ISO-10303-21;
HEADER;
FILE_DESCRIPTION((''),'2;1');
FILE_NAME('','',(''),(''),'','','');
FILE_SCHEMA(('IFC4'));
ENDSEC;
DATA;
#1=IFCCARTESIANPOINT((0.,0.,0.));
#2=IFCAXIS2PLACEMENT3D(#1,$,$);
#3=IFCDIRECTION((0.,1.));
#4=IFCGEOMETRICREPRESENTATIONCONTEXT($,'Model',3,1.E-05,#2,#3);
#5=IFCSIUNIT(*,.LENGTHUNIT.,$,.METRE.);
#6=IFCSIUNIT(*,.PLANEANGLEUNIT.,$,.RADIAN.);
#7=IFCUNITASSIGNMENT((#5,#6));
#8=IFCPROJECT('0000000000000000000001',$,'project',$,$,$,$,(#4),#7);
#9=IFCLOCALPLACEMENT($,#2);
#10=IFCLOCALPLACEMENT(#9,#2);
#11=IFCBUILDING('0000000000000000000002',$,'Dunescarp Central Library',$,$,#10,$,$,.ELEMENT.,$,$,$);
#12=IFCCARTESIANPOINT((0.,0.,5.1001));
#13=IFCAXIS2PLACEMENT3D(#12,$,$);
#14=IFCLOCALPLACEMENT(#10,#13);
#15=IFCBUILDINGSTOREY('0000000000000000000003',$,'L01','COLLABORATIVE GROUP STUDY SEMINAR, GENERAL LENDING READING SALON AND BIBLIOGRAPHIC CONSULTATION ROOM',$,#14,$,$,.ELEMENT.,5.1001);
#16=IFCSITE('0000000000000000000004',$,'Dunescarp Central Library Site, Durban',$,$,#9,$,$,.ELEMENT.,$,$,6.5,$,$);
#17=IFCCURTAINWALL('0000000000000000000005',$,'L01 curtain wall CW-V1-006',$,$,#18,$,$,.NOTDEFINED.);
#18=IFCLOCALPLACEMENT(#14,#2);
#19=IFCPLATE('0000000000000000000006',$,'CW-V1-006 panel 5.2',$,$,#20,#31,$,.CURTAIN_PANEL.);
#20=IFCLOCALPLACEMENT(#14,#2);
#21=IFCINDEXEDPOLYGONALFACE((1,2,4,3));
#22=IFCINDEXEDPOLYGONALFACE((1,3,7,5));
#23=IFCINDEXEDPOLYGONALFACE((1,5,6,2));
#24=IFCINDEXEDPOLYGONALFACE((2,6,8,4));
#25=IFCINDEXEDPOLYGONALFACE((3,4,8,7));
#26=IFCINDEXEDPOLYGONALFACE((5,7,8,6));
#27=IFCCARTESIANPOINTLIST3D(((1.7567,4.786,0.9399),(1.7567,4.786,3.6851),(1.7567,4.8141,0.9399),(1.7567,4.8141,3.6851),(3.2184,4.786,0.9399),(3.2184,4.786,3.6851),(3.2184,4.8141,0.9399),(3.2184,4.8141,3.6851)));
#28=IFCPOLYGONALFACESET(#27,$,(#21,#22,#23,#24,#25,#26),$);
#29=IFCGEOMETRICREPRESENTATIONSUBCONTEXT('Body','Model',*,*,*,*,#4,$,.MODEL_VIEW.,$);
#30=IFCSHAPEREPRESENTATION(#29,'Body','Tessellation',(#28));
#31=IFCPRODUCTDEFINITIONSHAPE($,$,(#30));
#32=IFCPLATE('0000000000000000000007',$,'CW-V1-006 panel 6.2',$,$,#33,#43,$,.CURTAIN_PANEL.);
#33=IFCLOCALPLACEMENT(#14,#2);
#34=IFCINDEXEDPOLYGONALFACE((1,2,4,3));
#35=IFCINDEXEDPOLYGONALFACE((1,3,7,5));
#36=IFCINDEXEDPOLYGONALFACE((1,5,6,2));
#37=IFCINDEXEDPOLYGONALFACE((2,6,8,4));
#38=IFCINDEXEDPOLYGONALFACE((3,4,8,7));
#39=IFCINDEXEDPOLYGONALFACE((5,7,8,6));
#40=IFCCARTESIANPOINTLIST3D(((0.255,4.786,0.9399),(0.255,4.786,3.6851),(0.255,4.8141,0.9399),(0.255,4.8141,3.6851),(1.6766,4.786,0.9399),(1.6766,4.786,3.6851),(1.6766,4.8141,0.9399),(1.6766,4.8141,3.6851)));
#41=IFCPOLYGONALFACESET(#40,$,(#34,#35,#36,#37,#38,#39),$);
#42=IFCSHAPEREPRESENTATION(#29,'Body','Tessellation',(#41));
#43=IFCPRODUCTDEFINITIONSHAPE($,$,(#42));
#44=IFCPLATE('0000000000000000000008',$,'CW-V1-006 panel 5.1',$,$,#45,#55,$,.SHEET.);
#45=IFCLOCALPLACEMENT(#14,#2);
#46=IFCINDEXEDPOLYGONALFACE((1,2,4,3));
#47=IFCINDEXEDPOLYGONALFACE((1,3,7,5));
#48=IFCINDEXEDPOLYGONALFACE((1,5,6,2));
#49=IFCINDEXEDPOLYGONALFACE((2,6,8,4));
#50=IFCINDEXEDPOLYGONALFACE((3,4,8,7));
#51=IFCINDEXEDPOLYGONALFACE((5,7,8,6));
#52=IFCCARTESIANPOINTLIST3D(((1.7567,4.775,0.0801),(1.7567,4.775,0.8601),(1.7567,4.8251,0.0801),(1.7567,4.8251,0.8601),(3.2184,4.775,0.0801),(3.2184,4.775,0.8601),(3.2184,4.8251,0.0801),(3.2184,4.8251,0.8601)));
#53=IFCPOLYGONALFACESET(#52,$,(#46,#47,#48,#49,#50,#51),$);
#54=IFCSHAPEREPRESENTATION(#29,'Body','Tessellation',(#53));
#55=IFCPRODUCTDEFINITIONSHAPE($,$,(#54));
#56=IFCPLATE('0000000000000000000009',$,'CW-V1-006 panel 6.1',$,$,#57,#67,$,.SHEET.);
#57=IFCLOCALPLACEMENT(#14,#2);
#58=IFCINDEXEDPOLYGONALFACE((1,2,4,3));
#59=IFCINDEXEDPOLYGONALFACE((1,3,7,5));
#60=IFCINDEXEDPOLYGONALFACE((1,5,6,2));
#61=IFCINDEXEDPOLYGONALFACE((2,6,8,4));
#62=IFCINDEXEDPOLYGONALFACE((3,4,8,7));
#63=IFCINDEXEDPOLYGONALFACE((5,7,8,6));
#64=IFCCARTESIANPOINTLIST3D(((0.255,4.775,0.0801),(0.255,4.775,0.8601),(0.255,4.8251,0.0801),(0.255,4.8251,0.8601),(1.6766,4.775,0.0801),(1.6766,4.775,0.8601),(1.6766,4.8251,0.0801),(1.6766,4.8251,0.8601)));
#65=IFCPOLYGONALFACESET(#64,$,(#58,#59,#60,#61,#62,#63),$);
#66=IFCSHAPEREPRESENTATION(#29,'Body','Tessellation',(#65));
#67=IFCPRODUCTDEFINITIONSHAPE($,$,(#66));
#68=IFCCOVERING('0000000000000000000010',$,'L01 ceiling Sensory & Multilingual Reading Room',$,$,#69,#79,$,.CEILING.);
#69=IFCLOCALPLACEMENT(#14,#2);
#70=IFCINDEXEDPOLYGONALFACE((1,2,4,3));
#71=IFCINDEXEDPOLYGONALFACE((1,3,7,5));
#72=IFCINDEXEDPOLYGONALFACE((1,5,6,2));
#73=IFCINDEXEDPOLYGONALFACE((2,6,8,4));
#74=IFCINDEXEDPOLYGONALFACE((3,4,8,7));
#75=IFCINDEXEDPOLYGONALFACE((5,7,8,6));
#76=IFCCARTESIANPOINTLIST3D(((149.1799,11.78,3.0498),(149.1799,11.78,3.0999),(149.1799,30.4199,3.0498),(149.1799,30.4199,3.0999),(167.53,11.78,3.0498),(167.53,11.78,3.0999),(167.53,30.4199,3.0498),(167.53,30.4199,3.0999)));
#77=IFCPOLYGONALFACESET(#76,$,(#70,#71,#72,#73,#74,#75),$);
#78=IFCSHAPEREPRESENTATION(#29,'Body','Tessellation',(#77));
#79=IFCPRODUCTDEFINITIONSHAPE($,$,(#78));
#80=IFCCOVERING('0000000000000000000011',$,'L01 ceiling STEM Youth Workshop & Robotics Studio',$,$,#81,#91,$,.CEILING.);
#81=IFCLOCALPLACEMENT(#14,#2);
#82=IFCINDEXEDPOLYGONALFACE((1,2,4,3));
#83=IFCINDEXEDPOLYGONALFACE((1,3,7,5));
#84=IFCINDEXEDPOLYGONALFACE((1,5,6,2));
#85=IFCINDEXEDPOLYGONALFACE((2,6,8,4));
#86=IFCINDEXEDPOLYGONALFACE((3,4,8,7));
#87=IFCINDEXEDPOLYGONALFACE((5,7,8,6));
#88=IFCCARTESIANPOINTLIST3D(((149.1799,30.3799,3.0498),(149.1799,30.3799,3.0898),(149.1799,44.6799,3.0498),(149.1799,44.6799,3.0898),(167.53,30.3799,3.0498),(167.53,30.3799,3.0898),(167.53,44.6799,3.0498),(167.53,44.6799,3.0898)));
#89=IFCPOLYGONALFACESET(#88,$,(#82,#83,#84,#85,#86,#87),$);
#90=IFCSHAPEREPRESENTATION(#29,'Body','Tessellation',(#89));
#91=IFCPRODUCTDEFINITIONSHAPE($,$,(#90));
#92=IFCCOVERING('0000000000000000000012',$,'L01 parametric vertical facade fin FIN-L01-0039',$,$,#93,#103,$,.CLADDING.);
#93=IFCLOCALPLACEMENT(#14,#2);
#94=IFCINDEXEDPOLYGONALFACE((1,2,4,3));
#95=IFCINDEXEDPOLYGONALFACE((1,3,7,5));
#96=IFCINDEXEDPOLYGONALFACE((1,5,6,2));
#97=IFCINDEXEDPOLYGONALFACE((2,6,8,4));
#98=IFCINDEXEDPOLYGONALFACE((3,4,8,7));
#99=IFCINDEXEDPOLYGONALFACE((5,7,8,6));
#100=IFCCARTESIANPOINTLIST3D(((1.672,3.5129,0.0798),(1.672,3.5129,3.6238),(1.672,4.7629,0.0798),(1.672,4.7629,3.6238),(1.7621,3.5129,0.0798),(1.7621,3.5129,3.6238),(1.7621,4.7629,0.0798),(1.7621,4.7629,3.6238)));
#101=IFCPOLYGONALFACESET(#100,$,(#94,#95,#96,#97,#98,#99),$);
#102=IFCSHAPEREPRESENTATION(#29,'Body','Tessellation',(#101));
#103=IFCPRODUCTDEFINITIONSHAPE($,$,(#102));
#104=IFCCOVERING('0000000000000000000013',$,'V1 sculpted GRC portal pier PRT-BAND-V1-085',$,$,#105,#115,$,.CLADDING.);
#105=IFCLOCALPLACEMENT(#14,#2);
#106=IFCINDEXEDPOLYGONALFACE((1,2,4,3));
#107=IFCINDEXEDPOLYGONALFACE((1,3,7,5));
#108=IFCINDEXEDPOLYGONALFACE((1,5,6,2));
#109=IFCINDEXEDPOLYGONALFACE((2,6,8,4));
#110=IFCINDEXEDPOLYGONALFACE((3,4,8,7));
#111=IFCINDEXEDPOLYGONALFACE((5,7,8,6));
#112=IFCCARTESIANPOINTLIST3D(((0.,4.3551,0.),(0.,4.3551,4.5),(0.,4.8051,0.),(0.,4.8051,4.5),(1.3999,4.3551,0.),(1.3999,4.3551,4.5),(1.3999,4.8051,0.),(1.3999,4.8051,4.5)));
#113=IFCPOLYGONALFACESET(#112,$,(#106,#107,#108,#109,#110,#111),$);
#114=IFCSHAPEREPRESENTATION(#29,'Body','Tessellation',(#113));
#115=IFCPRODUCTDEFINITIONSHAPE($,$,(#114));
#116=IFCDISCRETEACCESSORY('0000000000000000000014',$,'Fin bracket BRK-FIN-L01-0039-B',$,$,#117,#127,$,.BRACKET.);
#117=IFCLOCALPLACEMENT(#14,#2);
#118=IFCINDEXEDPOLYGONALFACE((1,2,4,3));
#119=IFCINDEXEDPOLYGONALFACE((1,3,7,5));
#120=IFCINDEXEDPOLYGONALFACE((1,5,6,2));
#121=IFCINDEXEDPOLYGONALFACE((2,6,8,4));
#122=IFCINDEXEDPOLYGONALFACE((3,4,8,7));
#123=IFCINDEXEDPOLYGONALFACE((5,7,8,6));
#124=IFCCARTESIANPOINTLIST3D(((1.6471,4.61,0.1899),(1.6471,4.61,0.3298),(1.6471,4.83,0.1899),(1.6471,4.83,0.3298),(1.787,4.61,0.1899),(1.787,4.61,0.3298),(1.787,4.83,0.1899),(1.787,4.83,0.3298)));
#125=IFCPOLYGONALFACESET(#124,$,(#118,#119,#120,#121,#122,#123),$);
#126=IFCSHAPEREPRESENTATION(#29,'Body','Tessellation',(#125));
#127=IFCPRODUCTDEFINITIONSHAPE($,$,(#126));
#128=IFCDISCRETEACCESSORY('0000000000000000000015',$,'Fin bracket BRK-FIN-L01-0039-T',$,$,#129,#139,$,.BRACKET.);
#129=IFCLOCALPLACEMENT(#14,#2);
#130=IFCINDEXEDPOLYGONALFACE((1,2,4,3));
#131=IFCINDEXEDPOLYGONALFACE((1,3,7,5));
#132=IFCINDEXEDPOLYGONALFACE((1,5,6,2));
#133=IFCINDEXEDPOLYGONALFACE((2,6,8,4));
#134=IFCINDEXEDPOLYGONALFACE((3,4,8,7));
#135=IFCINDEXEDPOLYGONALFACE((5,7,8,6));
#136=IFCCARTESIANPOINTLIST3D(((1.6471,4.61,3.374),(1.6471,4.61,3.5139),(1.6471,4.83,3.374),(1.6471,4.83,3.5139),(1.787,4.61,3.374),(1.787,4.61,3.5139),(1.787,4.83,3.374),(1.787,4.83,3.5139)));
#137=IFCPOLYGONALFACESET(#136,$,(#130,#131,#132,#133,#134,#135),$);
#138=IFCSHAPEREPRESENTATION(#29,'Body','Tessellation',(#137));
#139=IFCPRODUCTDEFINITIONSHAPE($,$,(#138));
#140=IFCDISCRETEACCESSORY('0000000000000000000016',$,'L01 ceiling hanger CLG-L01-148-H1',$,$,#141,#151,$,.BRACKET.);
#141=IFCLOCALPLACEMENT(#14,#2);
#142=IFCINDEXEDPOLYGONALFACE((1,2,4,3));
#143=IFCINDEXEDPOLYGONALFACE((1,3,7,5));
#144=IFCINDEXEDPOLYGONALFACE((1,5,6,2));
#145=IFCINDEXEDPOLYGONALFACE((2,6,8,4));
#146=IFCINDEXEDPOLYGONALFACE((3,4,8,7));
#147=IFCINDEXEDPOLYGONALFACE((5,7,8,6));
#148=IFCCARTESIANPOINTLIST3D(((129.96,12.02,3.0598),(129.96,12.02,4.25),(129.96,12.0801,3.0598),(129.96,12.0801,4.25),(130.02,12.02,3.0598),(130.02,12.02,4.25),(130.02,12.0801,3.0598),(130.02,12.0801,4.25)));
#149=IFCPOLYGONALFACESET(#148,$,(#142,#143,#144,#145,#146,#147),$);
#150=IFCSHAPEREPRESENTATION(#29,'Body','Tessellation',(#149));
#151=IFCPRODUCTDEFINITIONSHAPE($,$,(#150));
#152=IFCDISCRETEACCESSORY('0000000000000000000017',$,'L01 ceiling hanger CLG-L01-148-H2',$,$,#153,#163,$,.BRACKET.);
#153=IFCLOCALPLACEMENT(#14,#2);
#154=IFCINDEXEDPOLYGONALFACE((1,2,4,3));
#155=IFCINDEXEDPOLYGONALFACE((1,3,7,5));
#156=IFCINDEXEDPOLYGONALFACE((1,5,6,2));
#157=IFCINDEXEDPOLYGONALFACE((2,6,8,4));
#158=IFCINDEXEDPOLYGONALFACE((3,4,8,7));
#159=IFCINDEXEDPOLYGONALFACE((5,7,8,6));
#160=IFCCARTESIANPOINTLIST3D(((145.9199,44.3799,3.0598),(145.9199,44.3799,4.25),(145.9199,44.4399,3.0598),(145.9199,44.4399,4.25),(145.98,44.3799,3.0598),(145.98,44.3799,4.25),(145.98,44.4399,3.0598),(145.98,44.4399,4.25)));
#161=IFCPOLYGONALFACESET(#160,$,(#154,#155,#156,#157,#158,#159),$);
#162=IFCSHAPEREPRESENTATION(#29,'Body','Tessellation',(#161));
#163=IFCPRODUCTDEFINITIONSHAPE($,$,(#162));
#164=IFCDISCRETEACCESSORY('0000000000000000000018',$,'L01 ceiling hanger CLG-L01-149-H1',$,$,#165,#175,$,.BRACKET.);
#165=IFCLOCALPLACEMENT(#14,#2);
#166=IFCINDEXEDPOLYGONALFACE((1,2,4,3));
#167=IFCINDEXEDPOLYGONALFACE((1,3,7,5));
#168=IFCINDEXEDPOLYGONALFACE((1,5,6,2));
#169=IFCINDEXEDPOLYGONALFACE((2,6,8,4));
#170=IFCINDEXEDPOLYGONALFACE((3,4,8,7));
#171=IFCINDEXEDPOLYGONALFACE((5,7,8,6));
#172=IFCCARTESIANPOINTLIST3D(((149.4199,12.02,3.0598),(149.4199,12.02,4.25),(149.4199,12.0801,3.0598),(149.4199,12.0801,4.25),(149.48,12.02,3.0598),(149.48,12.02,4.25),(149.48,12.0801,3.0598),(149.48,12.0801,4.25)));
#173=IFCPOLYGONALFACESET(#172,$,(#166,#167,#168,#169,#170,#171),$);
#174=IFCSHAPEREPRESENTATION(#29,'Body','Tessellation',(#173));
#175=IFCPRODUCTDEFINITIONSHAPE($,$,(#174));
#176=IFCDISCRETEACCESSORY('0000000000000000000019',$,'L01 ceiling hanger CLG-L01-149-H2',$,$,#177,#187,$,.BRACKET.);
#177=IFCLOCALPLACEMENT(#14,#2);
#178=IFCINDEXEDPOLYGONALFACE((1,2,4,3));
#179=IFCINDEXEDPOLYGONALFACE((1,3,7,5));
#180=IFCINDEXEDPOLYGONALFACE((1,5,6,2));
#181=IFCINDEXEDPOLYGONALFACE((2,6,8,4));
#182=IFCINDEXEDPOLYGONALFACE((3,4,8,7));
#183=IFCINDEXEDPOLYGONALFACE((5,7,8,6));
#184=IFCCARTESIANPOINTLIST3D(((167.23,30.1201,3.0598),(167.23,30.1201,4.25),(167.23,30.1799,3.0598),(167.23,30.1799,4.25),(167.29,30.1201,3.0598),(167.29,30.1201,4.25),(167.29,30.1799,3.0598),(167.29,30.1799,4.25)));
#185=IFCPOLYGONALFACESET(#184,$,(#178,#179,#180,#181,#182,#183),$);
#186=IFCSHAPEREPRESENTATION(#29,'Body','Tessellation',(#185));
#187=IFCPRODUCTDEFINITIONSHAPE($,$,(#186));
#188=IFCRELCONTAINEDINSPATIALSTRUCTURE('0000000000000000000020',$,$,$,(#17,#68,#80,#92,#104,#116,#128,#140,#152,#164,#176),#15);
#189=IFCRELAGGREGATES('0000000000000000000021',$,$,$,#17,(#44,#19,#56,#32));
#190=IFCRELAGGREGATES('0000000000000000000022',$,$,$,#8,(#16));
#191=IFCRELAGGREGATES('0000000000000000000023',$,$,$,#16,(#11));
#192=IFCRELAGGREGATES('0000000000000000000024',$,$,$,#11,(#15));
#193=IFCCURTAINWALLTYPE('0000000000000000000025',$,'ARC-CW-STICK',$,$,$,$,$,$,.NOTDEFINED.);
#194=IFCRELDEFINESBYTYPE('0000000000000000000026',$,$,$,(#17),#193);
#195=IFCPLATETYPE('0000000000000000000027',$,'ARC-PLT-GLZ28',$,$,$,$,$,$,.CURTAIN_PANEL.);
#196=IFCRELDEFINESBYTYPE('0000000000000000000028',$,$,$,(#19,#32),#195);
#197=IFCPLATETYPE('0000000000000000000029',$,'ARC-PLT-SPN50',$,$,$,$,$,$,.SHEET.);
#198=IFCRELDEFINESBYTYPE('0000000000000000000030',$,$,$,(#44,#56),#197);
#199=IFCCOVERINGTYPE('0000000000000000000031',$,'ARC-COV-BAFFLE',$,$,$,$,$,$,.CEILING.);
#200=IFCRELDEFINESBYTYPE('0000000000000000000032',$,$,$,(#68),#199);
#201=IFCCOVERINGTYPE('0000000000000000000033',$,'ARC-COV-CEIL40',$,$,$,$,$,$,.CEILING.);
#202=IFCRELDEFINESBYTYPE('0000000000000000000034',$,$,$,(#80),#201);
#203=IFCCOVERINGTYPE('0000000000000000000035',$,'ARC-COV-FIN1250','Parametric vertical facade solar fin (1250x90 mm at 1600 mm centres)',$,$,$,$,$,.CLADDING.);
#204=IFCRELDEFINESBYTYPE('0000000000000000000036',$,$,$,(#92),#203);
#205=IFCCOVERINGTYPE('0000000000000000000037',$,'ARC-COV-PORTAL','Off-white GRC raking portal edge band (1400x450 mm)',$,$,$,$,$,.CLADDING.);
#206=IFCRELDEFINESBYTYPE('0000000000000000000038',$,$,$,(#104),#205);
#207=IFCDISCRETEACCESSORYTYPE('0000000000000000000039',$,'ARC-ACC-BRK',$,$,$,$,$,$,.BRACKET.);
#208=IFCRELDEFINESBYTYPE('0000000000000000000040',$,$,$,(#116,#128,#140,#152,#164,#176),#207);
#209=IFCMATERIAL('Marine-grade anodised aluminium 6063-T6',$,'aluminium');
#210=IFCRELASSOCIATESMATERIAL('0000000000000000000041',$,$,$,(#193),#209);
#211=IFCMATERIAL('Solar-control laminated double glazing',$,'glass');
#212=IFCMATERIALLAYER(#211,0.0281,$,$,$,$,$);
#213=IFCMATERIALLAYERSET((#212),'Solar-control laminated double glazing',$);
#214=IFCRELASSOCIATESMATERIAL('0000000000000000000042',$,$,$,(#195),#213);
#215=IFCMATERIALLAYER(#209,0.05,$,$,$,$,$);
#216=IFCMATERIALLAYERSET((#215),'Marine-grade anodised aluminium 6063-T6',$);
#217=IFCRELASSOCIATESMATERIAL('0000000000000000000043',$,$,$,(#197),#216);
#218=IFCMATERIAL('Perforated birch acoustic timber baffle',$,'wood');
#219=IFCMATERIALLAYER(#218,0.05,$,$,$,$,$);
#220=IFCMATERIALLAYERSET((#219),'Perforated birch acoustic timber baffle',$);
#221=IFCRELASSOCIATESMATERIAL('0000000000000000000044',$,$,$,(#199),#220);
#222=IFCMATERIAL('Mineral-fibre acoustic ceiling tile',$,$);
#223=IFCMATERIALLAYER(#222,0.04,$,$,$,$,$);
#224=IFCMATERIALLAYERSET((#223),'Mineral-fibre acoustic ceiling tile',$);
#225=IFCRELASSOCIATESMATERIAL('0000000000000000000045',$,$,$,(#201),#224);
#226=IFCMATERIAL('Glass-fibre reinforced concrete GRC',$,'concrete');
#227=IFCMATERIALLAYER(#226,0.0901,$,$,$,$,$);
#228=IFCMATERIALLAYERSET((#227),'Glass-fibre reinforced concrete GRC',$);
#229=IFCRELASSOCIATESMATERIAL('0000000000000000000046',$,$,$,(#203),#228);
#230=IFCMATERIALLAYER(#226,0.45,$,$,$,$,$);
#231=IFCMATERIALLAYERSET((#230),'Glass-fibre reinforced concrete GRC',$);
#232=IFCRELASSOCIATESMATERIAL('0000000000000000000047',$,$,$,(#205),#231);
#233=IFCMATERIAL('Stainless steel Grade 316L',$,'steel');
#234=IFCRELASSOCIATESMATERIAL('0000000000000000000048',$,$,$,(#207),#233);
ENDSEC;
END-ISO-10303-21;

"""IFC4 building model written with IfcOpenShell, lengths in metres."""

from ifc_helpers import new_model, si_unit, direction, frame, origin, origin_2d, place, context, subcontext, project, spatial, polyline, rectangle, outline, extrude, material, layer, layer_set, type_object, element, aggregate, save


model = new_model("IFC4")

# Units and contexts
model_context = context("Model", 3, precision=1e-05, world=origin(), true_north=direction((0.0, 1.0)))
body_context = subcontext(model_context, "Body", "Model", "MODEL_VIEW")
ifc_project = project(units=[si_unit("LENGTHUNIT", "METRE"), si_unit("PLANEANGLEUNIT", "RADIAN")], contexts=[model_context])

# Site, building, storey
site_placement = place(None, origin())
site = spatial("IfcSite", under=ifc_project, at=site_placement, Name="Dunescarp Central Library Site, Durban", CompositionType="ELEMENT", RefElevation=6.5)
building_placement = place(site_placement, origin())
building = spatial("IfcBuilding", under=site, at=building_placement, Name="Dunescarp Central Library", CompositionType="ELEMENT")
storey_placement = place(building_placement, frame((0.0, 0.0, 5.1001)))
storey = spatial("IfcBuildingStorey", under=building, at=storey_placement, Name="L01", Description="COLLABORATIVE GROUP STUDY SEMINAR, GENERAL LENDING READING SALON AND BIBLIOGRAPHIC CONSULTATION ROOM", CompositionType="ELEMENT", Elevation=5.1001)

# Curtain wall
ifc_material_1 = material(Name="Marine-grade anodised aluminium 6063-T6", Category="aluminium")
curtain_wall_type = type_object("IfcCurtainWallType", Name="ARC-CW-STICK", PredefinedType="NOTDEFINED", material=ifc_material_1)
curtain_wall_placement = place(storey_placement, origin())
curtain_wall = element("IfcCurtainWall", 1, at=curtain_wall_placement, inside=storey, type_object=curtain_wall_type, Name="L01 curtain wall CW-V1-006", PredefinedType="NOTDEFINED")

# Plates
ifc_material_2 = material(Name="Solar-control laminated double glazing", Category="glass")
ifc_layer_1 = layer(ifc_material_2, 0.0281)
ifc_layer_set_1 = layer_set([ifc_layer_1], Name="Solar-control laminated double glazing")
plate_type_1 = type_object("IfcPlateType", Name="ARC-PLT-GLZ28", PredefinedType="CURTAIN_PANEL", material=ifc_layer_set_1)
plate_1_placement = place(storey_placement, frame((2.4875, 4.8, 0.9399), z_axis=(0.0, 0.0, 1.0), x_axis=(-1.0, 0.0, 0.0)))
plate_1 = element("IfcPlate", 2, at=plate_1_placement, type_object=plate_type_1, Name="CW-V1-006 panel 5.2", PredefinedType="CURTAIN_PANEL", context=body_context, shape_type="SweptSolid", body=[
    extrude(rectangle(XDim=1.4617, YDim=0.0281, at=origin_2d()), origin(), (0.0, 0.0, 1.0), 2.7451),
])
plate_2_placement = place(storey_placement, frame((0.9658, 4.8, 0.9399), z_axis=(0.0, 0.0, 1.0), x_axis=(-1.0, 0.0, 0.0)))
plate_2 = element("IfcPlate", 3, at=plate_2_placement, type_object=plate_type_1, Name="CW-V1-006 panel 6.2", PredefinedType="CURTAIN_PANEL", context=body_context, shape_type="SweptSolid", body=[
    extrude(rectangle(XDim=1.4216, YDim=0.0281, at=origin_2d()), origin(), (0.0, 0.0, 1.0), 2.7451),
])
ifc_layer_2 = layer(ifc_material_1, 0.05)
ifc_layer_set_2 = layer_set([ifc_layer_2], Name="Marine-grade anodised aluminium 6063-T6")
plate_type_2 = type_object("IfcPlateType", Name="ARC-PLT-SPN50", PredefinedType="SHEET", material=ifc_layer_set_2)
plate_3_placement = place(storey_placement, frame((2.4875, 4.8, 0.0801), z_axis=(0.0, 0.0, 1.0), x_axis=(-1.0, 0.0, 0.0)))
plate_3 = element("IfcPlate", 4, at=plate_3_placement, type_object=plate_type_2, Name="CW-V1-006 panel 5.1", PredefinedType="SHEET", context=body_context, shape_type="SweptSolid", body=[
    extrude(rectangle(XDim=1.4617, YDim=0.05, at=origin_2d()), origin(), (0.0, 0.0, 1.0), 0.78),
])
plate_4_placement = place(storey_placement, frame((0.9658, 4.8, 0.0801), z_axis=(0.0, 0.0, 1.0), x_axis=(-1.0, 0.0, 0.0)))
plate_4 = element("IfcPlate", 5, at=plate_4_placement, type_object=plate_type_2, Name="CW-V1-006 panel 6.1", PredefinedType="SHEET", context=body_context, shape_type="SweptSolid", body=[
    extrude(rectangle(XDim=1.4216, YDim=0.05, at=origin_2d()), origin(), (0.0, 0.0, 1.0), 0.78),
])
aggregate(curtain_wall, [plate_3, plate_1, plate_4, plate_2])

# Coverings
ifc_material_3 = material(Name="Perforated birch acoustic timber baffle", Category="wood")
ifc_layer_3 = layer(ifc_material_3, 0.05)
ifc_layer_set_3 = layer_set([ifc_layer_3], Name="Perforated birch acoustic timber baffle")
covering_type_1 = type_object("IfcCoveringType", Name="ARC-COV-BAFFLE", PredefinedType="CEILING", material=ifc_layer_set_3)
covering_1_placement = place(storey_placement, frame((0.0, 0.0, 3.0498)))
element("IfcCovering", 6, at=covering_1_placement, inside=storey, type_object=covering_type_1, Name="L01 ceiling Sensory & Multilingual Reading Room", PredefinedType="CEILING", context=body_context, shape_type="SweptSolid", body=[
    extrude(outline(polyline([(149.1799, 11.78), (167.53, 11.78), (167.53, 30.4199), (149.1799, 30.4199), (149.1799, 11.78)])), origin(), (0.0, 0.0, 1.0), 0.05),
])
ifc_material_4 = material(Name="Mineral-fibre acoustic ceiling tile")
ifc_layer_4 = layer(ifc_material_4, 0.04)
ifc_layer_set_4 = layer_set([ifc_layer_4], Name="Mineral-fibre acoustic ceiling tile")
covering_type_2 = type_object("IfcCoveringType", Name="ARC-COV-CEIL40", PredefinedType="CEILING", material=ifc_layer_set_4)
covering_2_placement = place(storey_placement, frame((0.0, 0.0, 3.0498)))
element("IfcCovering", 7, at=covering_2_placement, inside=storey, type_object=covering_type_2, Name="L01 ceiling STEM Youth Workshop & Robotics Studio", PredefinedType="CEILING", context=body_context, shape_type="SweptSolid", body=[
    extrude(outline(polyline([(149.1799, 30.3799), (167.53, 30.3799), (167.53, 44.6799), (149.1799, 44.6799), (149.1799, 30.3799)])), origin(), (0.0, 0.0, 1.0), 0.04),
])
ifc_material_5 = material(Name="Glass-fibre reinforced concrete GRC", Category="concrete")
ifc_layer_5 = layer(ifc_material_5, 0.0901)
ifc_layer_set_5 = layer_set([ifc_layer_5], Name="Glass-fibre reinforced concrete GRC")
covering_type_3 = type_object("IfcCoveringType", Name="ARC-COV-FIN1250", Description="Parametric vertical facade solar fin (1250x90 mm at 1600 mm centres)", PredefinedType="CLADDING", material=ifc_layer_set_5)
covering_3_placement = place(storey_placement, frame((1.717, 4.1379, 0.0798), z_axis=(0.0, 0.0, 1.0), x_axis=(0.0, -1.0, 0.0)))
element("IfcCovering", 8, at=covering_3_placement, inside=storey, type_object=covering_type_3, Name="L01 parametric vertical facade fin FIN-L01-0039", PredefinedType="CLADDING", context=body_context, shape_type="SweptSolid", body=[
    extrude(rectangle(XDim=1.25, YDim=0.0901, at=origin_2d()), origin(), (0.0, 0.0, 1.0), 3.5439),
])
ifc_layer_6 = layer(ifc_material_5, 0.45)
ifc_layer_set_6 = layer_set([ifc_layer_6], Name="Glass-fibre reinforced concrete GRC")
covering_type_4 = type_object("IfcCoveringType", Name="ARC-COV-PORTAL", Description="Off-white GRC raking portal edge band (1400x450 mm)", PredefinedType="CLADDING", material=ifc_layer_set_6)
covering_4_placement = place(storey_placement, frame((0.7, 4.5801, 0.0), z_axis=(0.0, 0.0, 1.0), x_axis=(1.0, 0.0, 0.0)))
element("IfcCovering", 9, at=covering_4_placement, inside=storey, type_object=covering_type_4, Name="V1 sculpted GRC portal pier PRT-BAND-V1-085", PredefinedType="CLADDING", context=body_context, shape_type="SweptSolid", body=[
    extrude(rectangle(XDim=1.3999, YDim=0.45, at=origin_2d()), origin(), (0.0, 0.0, 1.0), 4.5),
])

# Discrete accessories
ifc_material_6 = material(Name="Stainless steel Grade 316L", Category="steel")
discrete_accessory_type = type_object("IfcDiscreteAccessoryType", Name="ARC-ACC-BRK", PredefinedType="BRACKET", material=ifc_material_6)
for number, where, z_axis, x_axis, name in (
    (10, (1.717, 4.72, 0.1899), (0.0, 0.0, 1.0), (0.0, -1.0, 0.0), "Fin bracket BRK-FIN-L01-0039-B"),
    (11, (1.717, 4.72, 3.374), (0.0, 0.0, 1.0), (0.0, -1.0, 0.0), "Fin bracket BRK-FIN-L01-0039-T"),
):
    element("IfcDiscreteAccessory", number, at=place(storey_placement, frame(where, z_axis=z_axis, x_axis=x_axis)), inside=storey, type_object=discrete_accessory_type, Name=name, PredefinedType="BRACKET", context=body_context, shape_type="SweptSolid", body=[
        extrude(rectangle(XDim=0.22, YDim=0.1399, at=origin_2d()), origin(), (0.0, 0.0, 1.0), 0.1399),
    ])
discrete_accessory_1_placement = place(storey_placement, frame((0.0, 0.0, 3.0598)))
element("IfcDiscreteAccessory", 12, at=discrete_accessory_1_placement, inside=storey, type_object=discrete_accessory_type, Name="L01 ceiling hanger CLG-L01-148-H1", PredefinedType="BRACKET", context=body_context, shape_type="SweptSolid", body=[
    extrude(outline(polyline([(129.96, 12.02), (130.02, 12.02), (130.02, 12.0801), (129.96, 12.0801), (129.96, 12.02)])), origin(), (0.0, 0.0, 1.0), 1.1902),
])
discrete_accessory_2_placement = place(storey_placement, frame((0.0, 0.0, 3.0598)))
element("IfcDiscreteAccessory", 13, at=discrete_accessory_2_placement, inside=storey, type_object=discrete_accessory_type, Name="L01 ceiling hanger CLG-L01-148-H2", PredefinedType="BRACKET", context=body_context, shape_type="SweptSolid", body=[
    extrude(outline(polyline([(145.9199, 44.3799), (145.98, 44.3799), (145.98, 44.4399), (145.9199, 44.4399), (145.9199, 44.3799)])), origin(), (0.0, 0.0, 1.0), 1.1902),
])
discrete_accessory_3_placement = place(storey_placement, frame((0.0, 0.0, 3.0598)))
element("IfcDiscreteAccessory", 14, at=discrete_accessory_3_placement, inside=storey, type_object=discrete_accessory_type, Name="L01 ceiling hanger CLG-L01-149-H1", PredefinedType="BRACKET", context=body_context, shape_type="SweptSolid", body=[
    extrude(outline(polyline([(149.4199, 12.02), (149.48, 12.02), (149.48, 12.0801), (149.4199, 12.0801), (149.4199, 12.02)])), origin(), (0.0, 0.0, 1.0), 1.1902),
])
discrete_accessory_4_placement = place(storey_placement, frame((0.0, 0.0, 3.0598)))
element("IfcDiscreteAccessory", 15, at=discrete_accessory_4_placement, inside=storey, type_object=discrete_accessory_type, Name="L01 ceiling hanger CLG-L01-149-H2", PredefinedType="BRACKET", context=body_context, shape_type="SweptSolid", body=[
    extrude(outline(polyline([(167.23, 30.1201), (167.29, 30.1201), (167.29, 30.1799), (167.23, 30.1799), (167.23, 30.1201)])), origin(), (0.0, 0.0, 1.0), 1.1902),
])

save(model, "model.ifc")
